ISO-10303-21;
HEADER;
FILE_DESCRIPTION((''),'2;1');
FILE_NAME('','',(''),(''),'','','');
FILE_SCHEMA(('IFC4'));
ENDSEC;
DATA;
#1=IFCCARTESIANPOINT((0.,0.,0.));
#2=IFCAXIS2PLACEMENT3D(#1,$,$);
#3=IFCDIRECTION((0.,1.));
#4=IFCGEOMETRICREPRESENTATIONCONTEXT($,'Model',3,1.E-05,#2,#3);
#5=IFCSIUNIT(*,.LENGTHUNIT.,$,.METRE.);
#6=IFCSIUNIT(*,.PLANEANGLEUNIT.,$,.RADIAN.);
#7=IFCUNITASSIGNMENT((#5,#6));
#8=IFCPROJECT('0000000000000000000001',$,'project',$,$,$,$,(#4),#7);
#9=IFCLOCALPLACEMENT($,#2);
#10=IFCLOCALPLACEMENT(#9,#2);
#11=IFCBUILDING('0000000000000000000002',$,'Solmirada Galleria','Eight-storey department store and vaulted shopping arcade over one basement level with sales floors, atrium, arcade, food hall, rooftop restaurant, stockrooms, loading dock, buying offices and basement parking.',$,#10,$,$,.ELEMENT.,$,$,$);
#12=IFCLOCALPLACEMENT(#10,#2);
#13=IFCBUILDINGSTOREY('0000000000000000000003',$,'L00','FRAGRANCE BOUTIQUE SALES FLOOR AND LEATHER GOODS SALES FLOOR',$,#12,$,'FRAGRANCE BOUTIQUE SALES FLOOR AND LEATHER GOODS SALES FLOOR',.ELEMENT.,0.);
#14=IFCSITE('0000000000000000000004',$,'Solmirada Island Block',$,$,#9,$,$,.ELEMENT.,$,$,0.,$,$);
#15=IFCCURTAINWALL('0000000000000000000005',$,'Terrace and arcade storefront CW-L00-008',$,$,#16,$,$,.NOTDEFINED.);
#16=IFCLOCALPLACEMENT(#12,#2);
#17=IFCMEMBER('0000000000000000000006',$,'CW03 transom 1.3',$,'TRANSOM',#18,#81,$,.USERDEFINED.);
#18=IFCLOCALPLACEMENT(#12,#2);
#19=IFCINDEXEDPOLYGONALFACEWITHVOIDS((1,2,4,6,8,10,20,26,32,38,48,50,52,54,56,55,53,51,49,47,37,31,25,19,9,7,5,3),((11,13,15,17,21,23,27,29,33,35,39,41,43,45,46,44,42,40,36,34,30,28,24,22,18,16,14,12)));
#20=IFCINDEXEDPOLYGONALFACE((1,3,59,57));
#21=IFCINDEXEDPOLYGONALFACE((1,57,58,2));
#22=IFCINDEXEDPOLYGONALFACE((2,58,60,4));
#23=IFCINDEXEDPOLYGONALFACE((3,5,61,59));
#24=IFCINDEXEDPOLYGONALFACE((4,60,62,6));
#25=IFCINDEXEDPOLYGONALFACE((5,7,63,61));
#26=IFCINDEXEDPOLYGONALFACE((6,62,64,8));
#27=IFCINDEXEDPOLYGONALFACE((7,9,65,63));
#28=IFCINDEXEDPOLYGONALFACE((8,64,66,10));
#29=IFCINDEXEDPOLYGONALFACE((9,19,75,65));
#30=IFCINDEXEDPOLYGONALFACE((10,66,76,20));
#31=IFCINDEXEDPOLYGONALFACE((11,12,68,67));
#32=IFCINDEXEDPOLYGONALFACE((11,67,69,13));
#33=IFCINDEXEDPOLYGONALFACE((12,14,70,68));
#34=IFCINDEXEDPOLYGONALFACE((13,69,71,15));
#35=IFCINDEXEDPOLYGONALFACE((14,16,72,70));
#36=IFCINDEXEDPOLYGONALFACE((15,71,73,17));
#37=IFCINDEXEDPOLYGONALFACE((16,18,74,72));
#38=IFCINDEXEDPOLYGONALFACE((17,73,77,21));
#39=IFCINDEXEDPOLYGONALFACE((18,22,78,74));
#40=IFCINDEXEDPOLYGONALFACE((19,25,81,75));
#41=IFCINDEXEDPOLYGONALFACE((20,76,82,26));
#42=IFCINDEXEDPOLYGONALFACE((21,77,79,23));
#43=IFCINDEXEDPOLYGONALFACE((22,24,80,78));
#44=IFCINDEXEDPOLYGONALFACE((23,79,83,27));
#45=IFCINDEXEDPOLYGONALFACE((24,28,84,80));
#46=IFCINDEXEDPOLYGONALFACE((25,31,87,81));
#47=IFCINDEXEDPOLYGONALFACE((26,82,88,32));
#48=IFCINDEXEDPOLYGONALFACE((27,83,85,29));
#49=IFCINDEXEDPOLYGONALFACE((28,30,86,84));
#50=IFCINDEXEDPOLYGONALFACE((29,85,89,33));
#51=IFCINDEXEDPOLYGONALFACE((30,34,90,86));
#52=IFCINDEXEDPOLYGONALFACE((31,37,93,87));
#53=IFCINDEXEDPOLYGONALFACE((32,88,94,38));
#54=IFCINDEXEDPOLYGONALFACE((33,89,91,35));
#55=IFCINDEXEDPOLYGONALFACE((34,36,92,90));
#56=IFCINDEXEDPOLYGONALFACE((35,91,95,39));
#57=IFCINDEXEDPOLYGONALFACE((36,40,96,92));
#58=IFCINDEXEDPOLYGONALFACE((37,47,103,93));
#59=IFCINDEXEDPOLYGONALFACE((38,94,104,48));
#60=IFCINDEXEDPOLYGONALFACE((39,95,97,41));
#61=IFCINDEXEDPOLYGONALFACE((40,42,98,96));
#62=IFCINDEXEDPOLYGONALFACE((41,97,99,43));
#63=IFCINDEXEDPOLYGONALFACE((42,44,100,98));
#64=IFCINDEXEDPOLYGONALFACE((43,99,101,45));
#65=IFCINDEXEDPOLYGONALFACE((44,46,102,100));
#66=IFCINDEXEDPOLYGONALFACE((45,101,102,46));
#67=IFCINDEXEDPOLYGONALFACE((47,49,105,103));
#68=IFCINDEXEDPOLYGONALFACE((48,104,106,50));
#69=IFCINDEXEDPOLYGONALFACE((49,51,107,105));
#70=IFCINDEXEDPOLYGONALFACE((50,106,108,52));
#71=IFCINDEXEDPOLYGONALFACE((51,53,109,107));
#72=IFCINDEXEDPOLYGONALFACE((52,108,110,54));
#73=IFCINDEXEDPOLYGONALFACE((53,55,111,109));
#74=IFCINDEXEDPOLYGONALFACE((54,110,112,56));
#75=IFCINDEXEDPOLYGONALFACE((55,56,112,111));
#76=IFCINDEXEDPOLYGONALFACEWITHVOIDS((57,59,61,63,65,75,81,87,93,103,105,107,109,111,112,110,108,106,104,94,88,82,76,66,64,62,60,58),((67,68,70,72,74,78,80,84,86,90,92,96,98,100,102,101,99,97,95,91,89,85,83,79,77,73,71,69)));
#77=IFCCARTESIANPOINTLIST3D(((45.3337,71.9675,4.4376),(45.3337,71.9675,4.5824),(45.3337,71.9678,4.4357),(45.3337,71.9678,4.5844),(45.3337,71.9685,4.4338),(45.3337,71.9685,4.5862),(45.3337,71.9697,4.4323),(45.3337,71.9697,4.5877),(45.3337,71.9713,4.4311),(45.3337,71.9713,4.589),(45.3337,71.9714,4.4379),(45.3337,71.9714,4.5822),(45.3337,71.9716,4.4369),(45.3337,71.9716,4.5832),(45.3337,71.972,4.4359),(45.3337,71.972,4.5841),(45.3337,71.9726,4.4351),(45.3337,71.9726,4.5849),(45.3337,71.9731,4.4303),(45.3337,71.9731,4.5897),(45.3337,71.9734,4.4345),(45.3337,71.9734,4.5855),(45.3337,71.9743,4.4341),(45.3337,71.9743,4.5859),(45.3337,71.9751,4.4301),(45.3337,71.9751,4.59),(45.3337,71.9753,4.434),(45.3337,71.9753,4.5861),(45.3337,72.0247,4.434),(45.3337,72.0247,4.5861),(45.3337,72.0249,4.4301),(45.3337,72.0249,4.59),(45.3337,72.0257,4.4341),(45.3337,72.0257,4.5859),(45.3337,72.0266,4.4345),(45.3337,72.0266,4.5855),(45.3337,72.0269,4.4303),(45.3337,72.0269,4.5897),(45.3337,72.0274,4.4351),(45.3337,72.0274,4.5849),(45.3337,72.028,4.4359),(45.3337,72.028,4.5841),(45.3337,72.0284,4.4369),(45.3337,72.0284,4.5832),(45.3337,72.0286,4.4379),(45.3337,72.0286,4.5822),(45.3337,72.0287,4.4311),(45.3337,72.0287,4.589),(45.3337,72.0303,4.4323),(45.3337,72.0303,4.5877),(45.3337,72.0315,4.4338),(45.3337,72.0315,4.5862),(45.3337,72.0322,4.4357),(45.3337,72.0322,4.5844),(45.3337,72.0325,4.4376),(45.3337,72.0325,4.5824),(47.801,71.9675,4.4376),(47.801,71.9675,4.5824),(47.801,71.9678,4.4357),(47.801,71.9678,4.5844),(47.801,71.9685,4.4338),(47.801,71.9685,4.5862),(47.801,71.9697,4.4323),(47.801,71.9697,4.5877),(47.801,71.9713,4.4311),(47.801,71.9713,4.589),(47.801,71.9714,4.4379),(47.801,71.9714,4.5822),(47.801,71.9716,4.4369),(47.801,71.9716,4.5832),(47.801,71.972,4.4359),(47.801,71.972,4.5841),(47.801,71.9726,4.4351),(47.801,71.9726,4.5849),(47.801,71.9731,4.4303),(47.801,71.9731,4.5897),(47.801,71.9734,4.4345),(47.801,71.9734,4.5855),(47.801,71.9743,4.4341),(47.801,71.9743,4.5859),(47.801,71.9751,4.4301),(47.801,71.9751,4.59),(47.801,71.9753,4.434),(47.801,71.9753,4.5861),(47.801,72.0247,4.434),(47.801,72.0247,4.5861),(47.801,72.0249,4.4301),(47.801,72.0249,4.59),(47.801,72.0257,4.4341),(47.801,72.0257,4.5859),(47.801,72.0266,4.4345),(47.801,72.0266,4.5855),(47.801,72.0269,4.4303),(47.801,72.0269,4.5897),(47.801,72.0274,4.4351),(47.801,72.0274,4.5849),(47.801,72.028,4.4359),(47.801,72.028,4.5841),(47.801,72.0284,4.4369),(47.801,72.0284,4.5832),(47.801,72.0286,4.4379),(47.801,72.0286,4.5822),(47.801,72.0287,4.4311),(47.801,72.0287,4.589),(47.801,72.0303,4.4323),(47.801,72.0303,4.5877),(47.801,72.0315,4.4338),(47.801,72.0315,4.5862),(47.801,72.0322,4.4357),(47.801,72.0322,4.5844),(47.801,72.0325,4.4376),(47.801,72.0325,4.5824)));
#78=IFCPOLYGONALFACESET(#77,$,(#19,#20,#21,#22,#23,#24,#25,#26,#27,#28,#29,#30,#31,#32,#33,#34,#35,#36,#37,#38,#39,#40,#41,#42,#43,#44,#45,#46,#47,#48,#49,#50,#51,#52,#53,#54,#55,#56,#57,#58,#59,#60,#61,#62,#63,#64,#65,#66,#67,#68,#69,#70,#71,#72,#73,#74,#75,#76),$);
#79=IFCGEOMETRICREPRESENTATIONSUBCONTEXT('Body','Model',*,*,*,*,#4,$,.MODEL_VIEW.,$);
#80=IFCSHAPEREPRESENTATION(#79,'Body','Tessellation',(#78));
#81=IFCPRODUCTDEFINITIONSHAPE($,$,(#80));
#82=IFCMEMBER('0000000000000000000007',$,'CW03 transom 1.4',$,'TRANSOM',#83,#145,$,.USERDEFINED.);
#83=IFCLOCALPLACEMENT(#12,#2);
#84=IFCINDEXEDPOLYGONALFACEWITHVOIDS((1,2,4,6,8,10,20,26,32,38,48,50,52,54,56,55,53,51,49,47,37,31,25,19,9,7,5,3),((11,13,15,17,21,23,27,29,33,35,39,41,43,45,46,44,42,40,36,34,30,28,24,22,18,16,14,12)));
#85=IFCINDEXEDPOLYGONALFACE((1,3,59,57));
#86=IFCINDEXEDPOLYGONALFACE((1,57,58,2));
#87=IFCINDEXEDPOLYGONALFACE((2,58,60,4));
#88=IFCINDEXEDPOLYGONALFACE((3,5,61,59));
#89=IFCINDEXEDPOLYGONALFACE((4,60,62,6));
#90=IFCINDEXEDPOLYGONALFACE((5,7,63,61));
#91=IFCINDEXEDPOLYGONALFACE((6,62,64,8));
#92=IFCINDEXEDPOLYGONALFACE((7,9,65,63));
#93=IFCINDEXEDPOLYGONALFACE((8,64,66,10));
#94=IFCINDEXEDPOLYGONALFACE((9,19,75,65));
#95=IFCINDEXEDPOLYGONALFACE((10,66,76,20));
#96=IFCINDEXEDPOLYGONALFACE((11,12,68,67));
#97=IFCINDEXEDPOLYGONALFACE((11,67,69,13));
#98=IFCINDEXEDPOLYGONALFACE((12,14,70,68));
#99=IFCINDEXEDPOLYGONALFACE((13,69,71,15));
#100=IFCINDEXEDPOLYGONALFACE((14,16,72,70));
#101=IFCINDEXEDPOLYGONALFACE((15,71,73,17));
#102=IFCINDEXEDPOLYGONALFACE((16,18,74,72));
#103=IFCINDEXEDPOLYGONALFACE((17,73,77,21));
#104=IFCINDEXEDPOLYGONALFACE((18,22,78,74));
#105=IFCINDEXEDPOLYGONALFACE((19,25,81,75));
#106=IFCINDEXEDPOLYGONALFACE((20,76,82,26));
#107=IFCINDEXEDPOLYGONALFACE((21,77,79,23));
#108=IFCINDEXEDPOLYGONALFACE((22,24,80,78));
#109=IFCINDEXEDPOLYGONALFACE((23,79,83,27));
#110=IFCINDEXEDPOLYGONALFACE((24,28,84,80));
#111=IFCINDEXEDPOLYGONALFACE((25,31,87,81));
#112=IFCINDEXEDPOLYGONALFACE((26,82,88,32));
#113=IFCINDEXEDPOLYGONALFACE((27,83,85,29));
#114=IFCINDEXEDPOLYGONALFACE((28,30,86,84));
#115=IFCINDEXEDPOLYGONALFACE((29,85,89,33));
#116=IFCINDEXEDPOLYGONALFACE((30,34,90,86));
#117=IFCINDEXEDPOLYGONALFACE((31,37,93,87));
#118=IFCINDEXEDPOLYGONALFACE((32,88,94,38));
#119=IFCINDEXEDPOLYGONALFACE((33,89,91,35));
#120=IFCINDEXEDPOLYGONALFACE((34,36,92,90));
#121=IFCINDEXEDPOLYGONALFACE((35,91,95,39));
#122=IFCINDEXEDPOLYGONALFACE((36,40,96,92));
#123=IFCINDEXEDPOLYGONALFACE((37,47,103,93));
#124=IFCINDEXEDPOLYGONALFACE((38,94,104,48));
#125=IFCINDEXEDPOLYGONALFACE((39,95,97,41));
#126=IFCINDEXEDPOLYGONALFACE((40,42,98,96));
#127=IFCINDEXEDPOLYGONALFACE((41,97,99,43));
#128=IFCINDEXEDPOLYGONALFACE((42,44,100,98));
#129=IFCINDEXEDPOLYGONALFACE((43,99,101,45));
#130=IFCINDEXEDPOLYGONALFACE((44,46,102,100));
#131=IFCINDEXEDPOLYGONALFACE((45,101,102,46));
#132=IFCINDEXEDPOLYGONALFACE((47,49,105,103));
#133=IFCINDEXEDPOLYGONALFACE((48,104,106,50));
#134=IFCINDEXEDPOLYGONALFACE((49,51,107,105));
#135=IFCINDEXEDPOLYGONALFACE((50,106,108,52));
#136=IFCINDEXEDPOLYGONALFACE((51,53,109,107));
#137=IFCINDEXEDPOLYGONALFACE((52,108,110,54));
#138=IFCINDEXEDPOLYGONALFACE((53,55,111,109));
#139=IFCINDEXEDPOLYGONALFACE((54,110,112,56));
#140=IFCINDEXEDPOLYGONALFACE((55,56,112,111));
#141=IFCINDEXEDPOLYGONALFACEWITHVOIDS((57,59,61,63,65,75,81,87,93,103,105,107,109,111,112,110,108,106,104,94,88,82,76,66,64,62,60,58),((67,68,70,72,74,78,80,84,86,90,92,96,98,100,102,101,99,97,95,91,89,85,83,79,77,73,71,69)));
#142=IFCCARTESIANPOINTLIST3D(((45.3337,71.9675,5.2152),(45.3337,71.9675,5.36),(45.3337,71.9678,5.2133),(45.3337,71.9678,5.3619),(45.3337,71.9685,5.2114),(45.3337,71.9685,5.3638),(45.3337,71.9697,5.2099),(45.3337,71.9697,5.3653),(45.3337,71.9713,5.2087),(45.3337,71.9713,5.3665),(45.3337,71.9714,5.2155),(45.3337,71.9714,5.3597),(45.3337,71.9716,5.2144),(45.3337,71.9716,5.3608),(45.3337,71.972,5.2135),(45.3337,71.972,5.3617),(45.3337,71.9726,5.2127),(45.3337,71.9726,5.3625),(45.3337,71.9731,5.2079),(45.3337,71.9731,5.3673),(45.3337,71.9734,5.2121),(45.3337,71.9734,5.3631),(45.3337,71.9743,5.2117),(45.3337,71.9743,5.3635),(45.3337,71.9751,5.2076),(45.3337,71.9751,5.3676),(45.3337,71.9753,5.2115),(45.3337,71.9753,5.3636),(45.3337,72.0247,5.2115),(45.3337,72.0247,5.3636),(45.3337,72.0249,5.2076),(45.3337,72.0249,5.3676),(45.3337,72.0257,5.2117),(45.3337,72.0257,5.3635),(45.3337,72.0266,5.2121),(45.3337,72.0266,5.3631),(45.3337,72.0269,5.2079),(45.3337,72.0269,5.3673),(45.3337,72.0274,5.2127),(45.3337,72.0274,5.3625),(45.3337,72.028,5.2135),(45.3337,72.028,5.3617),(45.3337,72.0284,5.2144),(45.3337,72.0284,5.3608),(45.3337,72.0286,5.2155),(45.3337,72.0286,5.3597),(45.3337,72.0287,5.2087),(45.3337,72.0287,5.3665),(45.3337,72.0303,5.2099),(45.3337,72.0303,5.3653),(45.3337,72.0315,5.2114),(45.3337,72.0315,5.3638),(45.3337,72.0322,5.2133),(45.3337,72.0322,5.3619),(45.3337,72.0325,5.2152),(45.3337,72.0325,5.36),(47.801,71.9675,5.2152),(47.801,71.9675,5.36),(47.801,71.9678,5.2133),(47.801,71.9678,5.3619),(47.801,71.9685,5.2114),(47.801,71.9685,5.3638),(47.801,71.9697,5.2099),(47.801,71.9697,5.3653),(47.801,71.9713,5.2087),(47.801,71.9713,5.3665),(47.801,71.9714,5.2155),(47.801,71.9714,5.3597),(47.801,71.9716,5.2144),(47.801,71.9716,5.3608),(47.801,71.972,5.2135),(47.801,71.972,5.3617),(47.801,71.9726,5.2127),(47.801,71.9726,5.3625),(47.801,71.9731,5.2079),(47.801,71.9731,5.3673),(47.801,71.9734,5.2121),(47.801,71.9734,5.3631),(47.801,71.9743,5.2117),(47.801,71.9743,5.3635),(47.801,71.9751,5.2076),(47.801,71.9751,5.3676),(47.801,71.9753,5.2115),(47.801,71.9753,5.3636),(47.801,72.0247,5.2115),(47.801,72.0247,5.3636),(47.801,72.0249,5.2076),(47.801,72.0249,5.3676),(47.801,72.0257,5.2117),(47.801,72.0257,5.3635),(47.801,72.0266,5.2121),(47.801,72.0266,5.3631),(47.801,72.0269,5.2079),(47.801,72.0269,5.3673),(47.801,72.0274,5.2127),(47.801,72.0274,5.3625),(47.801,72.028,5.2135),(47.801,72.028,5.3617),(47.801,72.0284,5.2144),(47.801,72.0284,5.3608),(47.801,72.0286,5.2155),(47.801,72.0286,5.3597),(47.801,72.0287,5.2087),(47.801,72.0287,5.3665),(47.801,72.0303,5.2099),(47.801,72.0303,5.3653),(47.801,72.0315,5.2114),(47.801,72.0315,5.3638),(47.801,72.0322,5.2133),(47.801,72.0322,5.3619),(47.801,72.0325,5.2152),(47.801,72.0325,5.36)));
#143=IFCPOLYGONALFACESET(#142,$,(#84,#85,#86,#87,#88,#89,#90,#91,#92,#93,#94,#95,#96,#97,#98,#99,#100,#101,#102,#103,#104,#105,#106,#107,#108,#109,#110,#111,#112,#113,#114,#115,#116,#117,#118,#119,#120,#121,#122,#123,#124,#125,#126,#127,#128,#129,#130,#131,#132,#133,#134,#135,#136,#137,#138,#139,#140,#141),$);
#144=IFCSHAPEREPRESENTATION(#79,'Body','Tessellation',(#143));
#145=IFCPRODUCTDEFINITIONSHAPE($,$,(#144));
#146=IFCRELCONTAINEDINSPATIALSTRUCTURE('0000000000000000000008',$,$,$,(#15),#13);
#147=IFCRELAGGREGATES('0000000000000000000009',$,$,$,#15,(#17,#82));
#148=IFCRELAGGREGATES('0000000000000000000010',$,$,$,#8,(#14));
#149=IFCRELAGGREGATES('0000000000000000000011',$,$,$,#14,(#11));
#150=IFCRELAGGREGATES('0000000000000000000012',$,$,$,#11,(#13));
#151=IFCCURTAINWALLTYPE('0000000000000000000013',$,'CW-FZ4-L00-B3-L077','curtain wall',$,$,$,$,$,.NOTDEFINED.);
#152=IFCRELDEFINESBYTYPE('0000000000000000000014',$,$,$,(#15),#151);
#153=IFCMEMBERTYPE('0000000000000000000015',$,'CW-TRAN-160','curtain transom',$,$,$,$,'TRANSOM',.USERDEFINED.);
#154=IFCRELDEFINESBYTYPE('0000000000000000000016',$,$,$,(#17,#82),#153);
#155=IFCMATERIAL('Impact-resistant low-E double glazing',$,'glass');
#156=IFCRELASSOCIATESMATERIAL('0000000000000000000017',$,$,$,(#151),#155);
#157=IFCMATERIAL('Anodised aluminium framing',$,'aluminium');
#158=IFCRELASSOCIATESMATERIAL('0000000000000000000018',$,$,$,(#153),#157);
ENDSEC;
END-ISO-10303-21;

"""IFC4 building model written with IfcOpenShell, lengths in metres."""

from ifc_helpers import new_model, si_unit, direction, frame, origin, origin_2d, place, context, subcontext, project, spatial, hollow_rectangle, extrude, material, material_profile, profile_set, type_object, element, aggregate, save


model = new_model("IFC4")

# Units and contexts
model_context = context("Model", 3, precision=1e-05, world=origin(), true_north=direction((0.0, 1.0)))
body_context = subcontext(model_context, "Body", "Model", "MODEL_VIEW")
ifc_project = project(units=[si_unit("LENGTHUNIT", "METRE"), si_unit("PLANEANGLEUNIT", "RADIAN")], contexts=[model_context])

# Site, building, storey
site_placement = place(None, origin())
site = spatial("IfcSite", under=ifc_project, at=site_placement, Name="Solmirada Island Block", CompositionType="ELEMENT", RefElevation=0.0)
building_placement = place(site_placement, origin())
building = spatial("IfcBuilding", under=site, at=building_placement, Name="Solmirada Galleria", Description="Eight-storey department store and vaulted shopping arcade over one basement level with sales floors, atrium, arcade, food hall, rooftop restaurant, stockrooms, loading dock, buying offices and basement parking.", CompositionType="ELEMENT")
storey_placement = place(building_placement, origin())
storey = spatial("IfcBuildingStorey", under=building, at=storey_placement, Name="L00", Description="FRAGRANCE BOUTIQUE SALES FLOOR AND LEATHER GOODS SALES FLOOR", LongName="FRAGRANCE BOUTIQUE SALES FLOOR AND LEATHER GOODS SALES FLOOR", CompositionType="ELEMENT", Elevation=0.0)

# Shared definitions
ifc_material_1 = material(Name="Impact-resistant low-E double glazing", Category="glass")
curtain_wall_type_1 = type_object("IfcCurtainWallType", Name="CW-FZ4-L00-B3-L077", Description="curtain wall", PredefinedType="NOTDEFINED", material=ifc_material_1)
ifc_material_2 = material(Name="Anodised aluminium framing", Category="aluminium")

# Curtain wall
curtain_wall_1_placement = place(storey_placement, origin())
curtain_wall_1 = element("IfcCurtainWall", 1, at=curtain_wall_1_placement, inside=storey, type_object=curtain_wall_type_1, Name="Terrace and arcade storefront CW-L00-008", PredefinedType="NOTDEFINED")

# Members
ifc_material_profile_1 = material_profile(ifc_material_2, hollow_rectangle(XDim=0.0649, YDim=0.1599, WallThickness=0.0039, InnerFilletRadius=0.0039, OuterFilletRadius=0.0076, at=origin_2d()), Name="ALU-TRAN-160X65")
ifc_profile_set_1 = profile_set([ifc_material_profile_1], Name="Anodised aluminium framing")
member_type_1 = type_object("IfcMemberType", Name="CW-TRAN-160", Description="curtain transom", ElementType="TRANSOM", PredefinedType="USERDEFINED", material=ifc_profile_set_1)
member_1_placement = place(storey_placement, frame((47.801, 72.0, 4.51), z_axis=(-1.0, 0.0, 0.0), x_axis=(0.0, -1.0, 0.0)))
member_1 = element("IfcMember", 2, at=member_1_placement, type_object=member_type_1, Name="CW03 transom 1.3", ObjectType="TRANSOM", PredefinedType="USERDEFINED", context=body_context, shape_type="SweptSolid", body=[
    extrude(hollow_rectangle(XDim=0.0649, YDim=0.1599, WallThickness=0.0039, InnerFilletRadius=0.0039, OuterFilletRadius=0.0076, at=origin_2d()), origin(), (0.0, 0.0, 1.0), 2.4673),
])
member_2_placement = place(storey_placement, frame((47.801, 72.0, 5.2876), z_axis=(-1.0, 0.0, 0.0), x_axis=(0.0, -1.0, 0.0)))
member_2 = element("IfcMember", 3, at=member_2_placement, type_object=member_type_1, Name="CW03 transom 1.4", ObjectType="TRANSOM", PredefinedType="USERDEFINED", context=body_context, shape_type="SweptSolid", body=[
    extrude(hollow_rectangle(XDim=0.0649, YDim=0.1599, WallThickness=0.0039, InnerFilletRadius=0.0039, OuterFilletRadius=0.0076, at=origin_2d()), origin(), (0.0, 0.0, 1.0), 2.4673),
])

aggregate(curtain_wall_1, [member_1, member_2])

save(model, "model.ifc")
